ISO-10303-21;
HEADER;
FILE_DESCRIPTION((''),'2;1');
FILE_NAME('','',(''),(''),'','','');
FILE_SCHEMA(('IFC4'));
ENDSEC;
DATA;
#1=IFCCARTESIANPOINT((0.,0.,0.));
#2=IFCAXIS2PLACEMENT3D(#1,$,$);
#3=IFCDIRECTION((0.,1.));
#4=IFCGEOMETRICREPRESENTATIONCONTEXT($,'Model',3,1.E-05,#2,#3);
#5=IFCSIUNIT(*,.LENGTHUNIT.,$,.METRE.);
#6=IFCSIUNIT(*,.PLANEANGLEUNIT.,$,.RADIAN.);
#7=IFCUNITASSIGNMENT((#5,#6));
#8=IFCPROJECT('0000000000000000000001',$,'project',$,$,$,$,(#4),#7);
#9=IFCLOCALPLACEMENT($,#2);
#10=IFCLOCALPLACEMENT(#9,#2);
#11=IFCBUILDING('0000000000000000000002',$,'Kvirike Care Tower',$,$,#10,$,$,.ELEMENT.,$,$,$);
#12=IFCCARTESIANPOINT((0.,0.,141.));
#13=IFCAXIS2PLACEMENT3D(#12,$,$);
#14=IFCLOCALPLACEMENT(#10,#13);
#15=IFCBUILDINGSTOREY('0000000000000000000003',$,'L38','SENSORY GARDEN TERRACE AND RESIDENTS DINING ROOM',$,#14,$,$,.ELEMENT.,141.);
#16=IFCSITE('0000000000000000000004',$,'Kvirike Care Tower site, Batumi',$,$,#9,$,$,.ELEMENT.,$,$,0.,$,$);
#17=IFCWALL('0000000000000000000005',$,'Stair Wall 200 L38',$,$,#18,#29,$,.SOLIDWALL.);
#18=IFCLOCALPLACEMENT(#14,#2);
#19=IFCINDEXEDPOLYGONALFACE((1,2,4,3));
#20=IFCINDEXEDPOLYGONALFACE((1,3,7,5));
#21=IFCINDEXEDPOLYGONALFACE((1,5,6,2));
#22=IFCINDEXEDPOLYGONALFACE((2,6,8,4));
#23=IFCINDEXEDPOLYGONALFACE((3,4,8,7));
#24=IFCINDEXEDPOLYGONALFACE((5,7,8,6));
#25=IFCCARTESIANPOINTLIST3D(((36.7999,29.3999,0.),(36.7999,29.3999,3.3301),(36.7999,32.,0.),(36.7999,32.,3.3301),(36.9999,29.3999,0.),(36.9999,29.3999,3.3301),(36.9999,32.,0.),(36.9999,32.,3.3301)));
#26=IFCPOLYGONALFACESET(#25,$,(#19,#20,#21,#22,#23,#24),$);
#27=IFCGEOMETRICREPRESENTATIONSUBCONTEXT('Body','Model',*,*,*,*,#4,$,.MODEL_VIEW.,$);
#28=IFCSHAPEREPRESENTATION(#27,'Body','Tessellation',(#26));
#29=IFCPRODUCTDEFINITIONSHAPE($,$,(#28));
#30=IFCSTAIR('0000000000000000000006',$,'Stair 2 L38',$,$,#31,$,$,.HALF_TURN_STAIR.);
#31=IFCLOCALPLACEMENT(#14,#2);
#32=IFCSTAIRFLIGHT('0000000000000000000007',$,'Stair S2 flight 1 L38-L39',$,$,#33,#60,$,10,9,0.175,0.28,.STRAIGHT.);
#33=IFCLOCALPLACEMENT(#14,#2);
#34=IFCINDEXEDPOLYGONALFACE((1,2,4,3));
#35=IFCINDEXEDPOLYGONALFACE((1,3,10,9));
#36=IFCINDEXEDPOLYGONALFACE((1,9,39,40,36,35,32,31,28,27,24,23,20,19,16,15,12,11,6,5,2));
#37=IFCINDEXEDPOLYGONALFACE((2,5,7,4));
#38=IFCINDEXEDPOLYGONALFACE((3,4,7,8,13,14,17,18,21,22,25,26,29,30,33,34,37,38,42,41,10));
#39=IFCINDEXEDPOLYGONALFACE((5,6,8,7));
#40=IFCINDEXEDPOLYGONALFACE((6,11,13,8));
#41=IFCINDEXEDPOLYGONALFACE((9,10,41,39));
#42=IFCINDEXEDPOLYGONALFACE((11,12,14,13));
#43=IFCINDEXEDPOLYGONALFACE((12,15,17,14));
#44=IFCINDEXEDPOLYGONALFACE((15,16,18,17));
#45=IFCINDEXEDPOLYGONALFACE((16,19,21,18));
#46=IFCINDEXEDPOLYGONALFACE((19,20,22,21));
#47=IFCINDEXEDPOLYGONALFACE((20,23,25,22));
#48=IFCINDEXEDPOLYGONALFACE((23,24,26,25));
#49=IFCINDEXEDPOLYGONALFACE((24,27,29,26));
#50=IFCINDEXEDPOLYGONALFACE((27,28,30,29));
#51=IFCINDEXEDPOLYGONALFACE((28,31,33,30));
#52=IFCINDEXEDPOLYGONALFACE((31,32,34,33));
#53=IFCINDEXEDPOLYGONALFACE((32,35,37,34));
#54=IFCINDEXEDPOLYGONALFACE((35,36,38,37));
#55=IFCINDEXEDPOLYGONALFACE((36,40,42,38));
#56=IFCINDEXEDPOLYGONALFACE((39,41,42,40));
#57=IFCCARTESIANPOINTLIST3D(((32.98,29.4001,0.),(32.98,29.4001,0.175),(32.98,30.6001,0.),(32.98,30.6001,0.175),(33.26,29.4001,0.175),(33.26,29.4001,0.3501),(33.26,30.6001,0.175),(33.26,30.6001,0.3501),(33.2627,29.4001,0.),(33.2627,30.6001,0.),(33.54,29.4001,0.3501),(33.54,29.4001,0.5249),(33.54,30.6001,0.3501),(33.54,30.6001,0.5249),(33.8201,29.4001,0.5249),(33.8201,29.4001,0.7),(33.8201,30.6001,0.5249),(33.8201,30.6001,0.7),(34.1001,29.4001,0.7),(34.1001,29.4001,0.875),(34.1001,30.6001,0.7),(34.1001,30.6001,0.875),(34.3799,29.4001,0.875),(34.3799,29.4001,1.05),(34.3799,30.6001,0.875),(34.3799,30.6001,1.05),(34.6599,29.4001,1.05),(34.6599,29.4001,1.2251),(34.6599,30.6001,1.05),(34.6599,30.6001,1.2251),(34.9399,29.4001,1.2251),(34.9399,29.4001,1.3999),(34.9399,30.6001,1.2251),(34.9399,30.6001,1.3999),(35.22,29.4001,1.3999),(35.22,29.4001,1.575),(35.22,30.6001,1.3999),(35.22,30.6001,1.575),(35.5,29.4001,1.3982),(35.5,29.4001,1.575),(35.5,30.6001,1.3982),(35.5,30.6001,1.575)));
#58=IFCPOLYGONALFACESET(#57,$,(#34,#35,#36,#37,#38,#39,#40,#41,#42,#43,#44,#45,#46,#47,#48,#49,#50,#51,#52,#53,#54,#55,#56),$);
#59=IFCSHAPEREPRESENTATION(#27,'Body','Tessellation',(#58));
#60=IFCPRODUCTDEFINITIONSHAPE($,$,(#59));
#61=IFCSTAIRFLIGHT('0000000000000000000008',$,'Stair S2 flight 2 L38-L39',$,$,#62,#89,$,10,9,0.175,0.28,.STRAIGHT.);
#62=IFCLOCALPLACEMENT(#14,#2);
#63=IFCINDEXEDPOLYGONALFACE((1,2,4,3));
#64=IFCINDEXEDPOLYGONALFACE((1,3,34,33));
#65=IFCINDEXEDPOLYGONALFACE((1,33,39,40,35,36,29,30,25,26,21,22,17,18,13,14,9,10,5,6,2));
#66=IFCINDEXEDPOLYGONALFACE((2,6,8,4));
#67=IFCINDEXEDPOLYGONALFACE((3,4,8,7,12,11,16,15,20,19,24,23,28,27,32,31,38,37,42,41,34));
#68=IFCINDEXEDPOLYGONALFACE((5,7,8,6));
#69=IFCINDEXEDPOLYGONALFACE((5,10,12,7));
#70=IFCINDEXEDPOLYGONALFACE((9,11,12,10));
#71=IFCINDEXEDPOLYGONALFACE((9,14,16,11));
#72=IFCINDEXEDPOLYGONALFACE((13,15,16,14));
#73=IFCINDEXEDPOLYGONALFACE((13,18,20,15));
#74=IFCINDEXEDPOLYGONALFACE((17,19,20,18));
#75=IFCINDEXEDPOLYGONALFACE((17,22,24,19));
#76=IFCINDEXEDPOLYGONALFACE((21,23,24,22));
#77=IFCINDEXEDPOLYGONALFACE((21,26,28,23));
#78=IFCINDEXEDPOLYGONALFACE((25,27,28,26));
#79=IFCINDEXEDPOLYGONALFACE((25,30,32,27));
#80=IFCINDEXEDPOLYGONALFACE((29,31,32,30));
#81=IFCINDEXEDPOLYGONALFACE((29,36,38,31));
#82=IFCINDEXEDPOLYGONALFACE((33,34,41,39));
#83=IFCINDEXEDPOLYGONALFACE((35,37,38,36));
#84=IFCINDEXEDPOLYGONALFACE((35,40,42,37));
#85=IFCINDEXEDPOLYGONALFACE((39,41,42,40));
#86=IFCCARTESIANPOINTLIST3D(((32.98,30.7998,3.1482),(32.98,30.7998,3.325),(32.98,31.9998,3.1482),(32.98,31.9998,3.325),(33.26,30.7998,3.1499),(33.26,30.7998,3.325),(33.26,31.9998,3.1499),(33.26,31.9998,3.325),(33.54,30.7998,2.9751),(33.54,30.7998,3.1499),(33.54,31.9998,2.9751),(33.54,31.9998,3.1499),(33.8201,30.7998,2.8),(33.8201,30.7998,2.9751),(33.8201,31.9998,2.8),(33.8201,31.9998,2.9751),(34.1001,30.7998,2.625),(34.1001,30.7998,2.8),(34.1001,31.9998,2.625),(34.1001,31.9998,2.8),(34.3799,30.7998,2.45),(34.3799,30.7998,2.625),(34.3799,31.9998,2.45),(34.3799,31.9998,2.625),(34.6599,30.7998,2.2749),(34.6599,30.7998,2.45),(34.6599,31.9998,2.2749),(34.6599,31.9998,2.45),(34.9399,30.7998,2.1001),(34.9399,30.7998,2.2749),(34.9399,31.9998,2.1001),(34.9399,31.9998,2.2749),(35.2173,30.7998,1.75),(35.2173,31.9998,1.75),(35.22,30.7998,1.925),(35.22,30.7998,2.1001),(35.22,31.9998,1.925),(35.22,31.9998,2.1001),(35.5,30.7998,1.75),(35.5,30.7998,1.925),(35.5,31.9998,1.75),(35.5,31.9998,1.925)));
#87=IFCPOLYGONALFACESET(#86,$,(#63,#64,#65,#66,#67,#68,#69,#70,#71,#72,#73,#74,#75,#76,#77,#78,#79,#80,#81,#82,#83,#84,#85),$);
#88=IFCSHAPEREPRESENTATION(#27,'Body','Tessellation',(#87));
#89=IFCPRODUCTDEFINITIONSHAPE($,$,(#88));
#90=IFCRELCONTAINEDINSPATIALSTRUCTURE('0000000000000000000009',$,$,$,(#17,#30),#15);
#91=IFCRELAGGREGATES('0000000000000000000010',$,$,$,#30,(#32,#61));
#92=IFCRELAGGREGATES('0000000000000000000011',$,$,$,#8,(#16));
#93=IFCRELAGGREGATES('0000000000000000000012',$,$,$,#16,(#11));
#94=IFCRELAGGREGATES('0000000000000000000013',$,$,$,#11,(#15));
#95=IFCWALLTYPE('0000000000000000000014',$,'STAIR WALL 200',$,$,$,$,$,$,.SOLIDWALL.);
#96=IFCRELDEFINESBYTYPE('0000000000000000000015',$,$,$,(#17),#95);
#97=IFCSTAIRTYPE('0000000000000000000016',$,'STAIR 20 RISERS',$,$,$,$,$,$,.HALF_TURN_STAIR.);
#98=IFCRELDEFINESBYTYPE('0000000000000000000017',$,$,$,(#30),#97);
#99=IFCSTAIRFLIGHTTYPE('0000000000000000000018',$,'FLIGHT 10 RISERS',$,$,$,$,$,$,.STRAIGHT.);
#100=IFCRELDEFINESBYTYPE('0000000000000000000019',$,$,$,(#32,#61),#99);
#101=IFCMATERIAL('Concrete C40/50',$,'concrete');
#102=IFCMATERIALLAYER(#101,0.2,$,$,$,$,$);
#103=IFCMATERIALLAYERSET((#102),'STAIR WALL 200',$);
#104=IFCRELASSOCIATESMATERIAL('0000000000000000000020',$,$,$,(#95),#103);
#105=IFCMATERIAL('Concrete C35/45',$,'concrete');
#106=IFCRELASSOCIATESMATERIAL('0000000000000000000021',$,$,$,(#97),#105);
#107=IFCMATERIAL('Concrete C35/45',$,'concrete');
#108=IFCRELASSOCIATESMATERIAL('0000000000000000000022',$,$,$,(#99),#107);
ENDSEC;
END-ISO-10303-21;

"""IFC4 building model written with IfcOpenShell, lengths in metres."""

from ifc_helpers import new_model, si_unit, direction, frame, frame_2d, origin, place, context, subcontext, project, spatial, polyline, rectangle, outline, extrude, material, layer, layer_set, type_object, element, aggregate, save


model = new_model("IFC4")

# Units and contexts
model_context = context("Model", 3, precision=1e-05, world=origin(), true_north=direction((0.0, 1.0)))
body_context = subcontext(model_context, "Body", "Model", "MODEL_VIEW")
ifc_project = project(units=[si_unit("LENGTHUNIT", "METRE"), si_unit("PLANEANGLEUNIT", "RADIAN")], contexts=[model_context])

# Site, building, storey
site_placement = place(None, origin())
site = spatial("IfcSite", under=ifc_project, at=site_placement, Name="Kvirike Care Tower site, Batumi", CompositionType="ELEMENT", RefElevation=0.0)
building_placement = place(site_placement, origin())
building = spatial("IfcBuilding", under=site, at=building_placement, Name="Kvirike Care Tower", CompositionType="ELEMENT")
storey_placement = place(building_placement, frame((0.0, 0.0, 141.0)))
storey = spatial("IfcBuildingStorey", under=building, at=storey_placement, Name="L38", Description="SENSORY GARDEN TERRACE AND RESIDENTS DINING ROOM", CompositionType="ELEMENT", Elevation=141.0)

# Wall
ifc_material_1 = material(Name="Concrete C40/50", Category="concrete")
ifc_layer_1 = layer(ifc_material_1, 0.2)
ifc_layer_set_1 = layer_set([ifc_layer_1], Name="STAIR WALL 200")
wall_type_1 = type_object("IfcWallType", Name="STAIR WALL 200", PredefinedType="SOLIDWALL", material=ifc_layer_set_1)
wall_1_placement = place(storey_placement, frame((36.8999, 29.3999, 0.0), z_axis=(0.0, 0.0, 1.0), x_axis=(0.0, 1.0, 0.0)))
element("IfcWall", 1, at=wall_1_placement, inside=storey, type_object=wall_type_1, Name="Stair Wall 200 L38", PredefinedType="SOLIDWALL", context=body_context, shape_type="SweptSolid", body=[
    extrude(rectangle(XDim=2.6001, YDim=0.2, at=frame_2d((1.3, 0.0))), origin(), (0.0, 0.0, 1.0), 3.3301),
])

# Stair, stair flights
ifc_material_2 = material(Name="Concrete C35/45", Category="concrete")
stair_type = type_object("IfcStairType", Name="STAIR 20 RISERS", PredefinedType="HALF_TURN_STAIR", material=ifc_material_2)
stair_placement = place(storey_placement, origin())
stair = element("IfcStair", 2, at=stair_placement, inside=storey, type_object=stair_type, Name="Stair 2 L38", PredefinedType="HALF_TURN_STAIR")
ifc_material_3 = material(Name="Concrete C35/45", Category="concrete")
stair_flight_type = type_object("IfcStairFlightType", Name="FLIGHT 10 RISERS", PredefinedType="STRAIGHT", material=ifc_material_3)
stair_flight_1_placement = place(storey_placement, frame((32.98, 30.0, 0.0), z_axis=(0.0, 0.0, 1.0), x_axis=(1.0, 0.0, 0.0)))
stair_flight_1 = element("IfcStairFlight", 3, at=stair_flight_1_placement, type_object=stair_flight_type, Name="Stair S2 flight 1 L38-L39", NumberOfRisers=10, NumberOfTreads=9, PredefinedType="STRAIGHT", RiserHeight=0.175, TreadLength=0.28, context=body_context, shape_type="SweptSolid", body=[
    extrude(outline(polyline([(0.0, 0.0), (0.0, 0.175), (0.28, 0.175), (0.28, 0.3501), (0.5601, 0.3501), (0.5601, 0.5249), (0.8401, 0.5249), (0.8401, 0.7), (1.1201, 0.7), (1.1201, 0.875), (1.3999, 0.875), (1.3999, 1.05), (1.6799, 1.05), (1.6799, 1.2251), (1.96, 1.2251), (1.96, 1.3999), (2.24, 1.3999), (2.24, 1.575), (2.52, 1.575), (2.52, 1.75), (2.52, 1.3982), (0.2827, 0.0), (0.0, 0.0)])), frame((0.0, 0.6001, 0.0), z_axis=(0.0, -1.0, 0.0), x_axis=(1.0, 0.0, 0.0)), (0.0, 0.0, 1.0), 1.2),
])
stair_flight_2_placement = place(storey_placement, frame((35.5, 31.3999, 1.75), z_axis=(0.0, 0.0, 1.0), x_axis=(-1.0, 0.0, 0.0)))
stair_flight_2 = element("IfcStairFlight", 4, at=stair_flight_2_placement, type_object=stair_flight_type, Name="Stair S2 flight 2 L38-L39", NumberOfRisers=10, NumberOfTreads=9, PredefinedType="STRAIGHT", RiserHeight=0.175, TreadLength=0.28, context=body_context, shape_type="SweptSolid", body=[
    extrude(outline(polyline([(0.0, 0.0), (0.0, 0.175), (0.28, 0.175), (0.28, 0.3501), (0.5601, 0.3501), (0.5601, 0.5249), (0.8401, 0.5249), (0.8401, 0.7), (1.1201, 0.7), (1.1201, 0.875), (1.3999, 0.875), (1.3999, 1.05), (1.6799, 1.05), (1.6799, 1.2251), (1.96, 1.2251), (1.96, 1.3999), (2.24, 1.3999), (2.24, 1.575), (2.52, 1.575), (2.52, 1.75), (2.52, 1.3982), (0.2827, 0.0), (0.0, 0.0)])), frame((0.0, 0.6001, 0.0), z_axis=(0.0, -1.0, 0.0), x_axis=(1.0, 0.0, 0.0)), (0.0, 0.0, 1.0), 1.2),
])
aggregate(stair, [stair_flight_1, stair_flight_2])

save(model, "model.ifc")
